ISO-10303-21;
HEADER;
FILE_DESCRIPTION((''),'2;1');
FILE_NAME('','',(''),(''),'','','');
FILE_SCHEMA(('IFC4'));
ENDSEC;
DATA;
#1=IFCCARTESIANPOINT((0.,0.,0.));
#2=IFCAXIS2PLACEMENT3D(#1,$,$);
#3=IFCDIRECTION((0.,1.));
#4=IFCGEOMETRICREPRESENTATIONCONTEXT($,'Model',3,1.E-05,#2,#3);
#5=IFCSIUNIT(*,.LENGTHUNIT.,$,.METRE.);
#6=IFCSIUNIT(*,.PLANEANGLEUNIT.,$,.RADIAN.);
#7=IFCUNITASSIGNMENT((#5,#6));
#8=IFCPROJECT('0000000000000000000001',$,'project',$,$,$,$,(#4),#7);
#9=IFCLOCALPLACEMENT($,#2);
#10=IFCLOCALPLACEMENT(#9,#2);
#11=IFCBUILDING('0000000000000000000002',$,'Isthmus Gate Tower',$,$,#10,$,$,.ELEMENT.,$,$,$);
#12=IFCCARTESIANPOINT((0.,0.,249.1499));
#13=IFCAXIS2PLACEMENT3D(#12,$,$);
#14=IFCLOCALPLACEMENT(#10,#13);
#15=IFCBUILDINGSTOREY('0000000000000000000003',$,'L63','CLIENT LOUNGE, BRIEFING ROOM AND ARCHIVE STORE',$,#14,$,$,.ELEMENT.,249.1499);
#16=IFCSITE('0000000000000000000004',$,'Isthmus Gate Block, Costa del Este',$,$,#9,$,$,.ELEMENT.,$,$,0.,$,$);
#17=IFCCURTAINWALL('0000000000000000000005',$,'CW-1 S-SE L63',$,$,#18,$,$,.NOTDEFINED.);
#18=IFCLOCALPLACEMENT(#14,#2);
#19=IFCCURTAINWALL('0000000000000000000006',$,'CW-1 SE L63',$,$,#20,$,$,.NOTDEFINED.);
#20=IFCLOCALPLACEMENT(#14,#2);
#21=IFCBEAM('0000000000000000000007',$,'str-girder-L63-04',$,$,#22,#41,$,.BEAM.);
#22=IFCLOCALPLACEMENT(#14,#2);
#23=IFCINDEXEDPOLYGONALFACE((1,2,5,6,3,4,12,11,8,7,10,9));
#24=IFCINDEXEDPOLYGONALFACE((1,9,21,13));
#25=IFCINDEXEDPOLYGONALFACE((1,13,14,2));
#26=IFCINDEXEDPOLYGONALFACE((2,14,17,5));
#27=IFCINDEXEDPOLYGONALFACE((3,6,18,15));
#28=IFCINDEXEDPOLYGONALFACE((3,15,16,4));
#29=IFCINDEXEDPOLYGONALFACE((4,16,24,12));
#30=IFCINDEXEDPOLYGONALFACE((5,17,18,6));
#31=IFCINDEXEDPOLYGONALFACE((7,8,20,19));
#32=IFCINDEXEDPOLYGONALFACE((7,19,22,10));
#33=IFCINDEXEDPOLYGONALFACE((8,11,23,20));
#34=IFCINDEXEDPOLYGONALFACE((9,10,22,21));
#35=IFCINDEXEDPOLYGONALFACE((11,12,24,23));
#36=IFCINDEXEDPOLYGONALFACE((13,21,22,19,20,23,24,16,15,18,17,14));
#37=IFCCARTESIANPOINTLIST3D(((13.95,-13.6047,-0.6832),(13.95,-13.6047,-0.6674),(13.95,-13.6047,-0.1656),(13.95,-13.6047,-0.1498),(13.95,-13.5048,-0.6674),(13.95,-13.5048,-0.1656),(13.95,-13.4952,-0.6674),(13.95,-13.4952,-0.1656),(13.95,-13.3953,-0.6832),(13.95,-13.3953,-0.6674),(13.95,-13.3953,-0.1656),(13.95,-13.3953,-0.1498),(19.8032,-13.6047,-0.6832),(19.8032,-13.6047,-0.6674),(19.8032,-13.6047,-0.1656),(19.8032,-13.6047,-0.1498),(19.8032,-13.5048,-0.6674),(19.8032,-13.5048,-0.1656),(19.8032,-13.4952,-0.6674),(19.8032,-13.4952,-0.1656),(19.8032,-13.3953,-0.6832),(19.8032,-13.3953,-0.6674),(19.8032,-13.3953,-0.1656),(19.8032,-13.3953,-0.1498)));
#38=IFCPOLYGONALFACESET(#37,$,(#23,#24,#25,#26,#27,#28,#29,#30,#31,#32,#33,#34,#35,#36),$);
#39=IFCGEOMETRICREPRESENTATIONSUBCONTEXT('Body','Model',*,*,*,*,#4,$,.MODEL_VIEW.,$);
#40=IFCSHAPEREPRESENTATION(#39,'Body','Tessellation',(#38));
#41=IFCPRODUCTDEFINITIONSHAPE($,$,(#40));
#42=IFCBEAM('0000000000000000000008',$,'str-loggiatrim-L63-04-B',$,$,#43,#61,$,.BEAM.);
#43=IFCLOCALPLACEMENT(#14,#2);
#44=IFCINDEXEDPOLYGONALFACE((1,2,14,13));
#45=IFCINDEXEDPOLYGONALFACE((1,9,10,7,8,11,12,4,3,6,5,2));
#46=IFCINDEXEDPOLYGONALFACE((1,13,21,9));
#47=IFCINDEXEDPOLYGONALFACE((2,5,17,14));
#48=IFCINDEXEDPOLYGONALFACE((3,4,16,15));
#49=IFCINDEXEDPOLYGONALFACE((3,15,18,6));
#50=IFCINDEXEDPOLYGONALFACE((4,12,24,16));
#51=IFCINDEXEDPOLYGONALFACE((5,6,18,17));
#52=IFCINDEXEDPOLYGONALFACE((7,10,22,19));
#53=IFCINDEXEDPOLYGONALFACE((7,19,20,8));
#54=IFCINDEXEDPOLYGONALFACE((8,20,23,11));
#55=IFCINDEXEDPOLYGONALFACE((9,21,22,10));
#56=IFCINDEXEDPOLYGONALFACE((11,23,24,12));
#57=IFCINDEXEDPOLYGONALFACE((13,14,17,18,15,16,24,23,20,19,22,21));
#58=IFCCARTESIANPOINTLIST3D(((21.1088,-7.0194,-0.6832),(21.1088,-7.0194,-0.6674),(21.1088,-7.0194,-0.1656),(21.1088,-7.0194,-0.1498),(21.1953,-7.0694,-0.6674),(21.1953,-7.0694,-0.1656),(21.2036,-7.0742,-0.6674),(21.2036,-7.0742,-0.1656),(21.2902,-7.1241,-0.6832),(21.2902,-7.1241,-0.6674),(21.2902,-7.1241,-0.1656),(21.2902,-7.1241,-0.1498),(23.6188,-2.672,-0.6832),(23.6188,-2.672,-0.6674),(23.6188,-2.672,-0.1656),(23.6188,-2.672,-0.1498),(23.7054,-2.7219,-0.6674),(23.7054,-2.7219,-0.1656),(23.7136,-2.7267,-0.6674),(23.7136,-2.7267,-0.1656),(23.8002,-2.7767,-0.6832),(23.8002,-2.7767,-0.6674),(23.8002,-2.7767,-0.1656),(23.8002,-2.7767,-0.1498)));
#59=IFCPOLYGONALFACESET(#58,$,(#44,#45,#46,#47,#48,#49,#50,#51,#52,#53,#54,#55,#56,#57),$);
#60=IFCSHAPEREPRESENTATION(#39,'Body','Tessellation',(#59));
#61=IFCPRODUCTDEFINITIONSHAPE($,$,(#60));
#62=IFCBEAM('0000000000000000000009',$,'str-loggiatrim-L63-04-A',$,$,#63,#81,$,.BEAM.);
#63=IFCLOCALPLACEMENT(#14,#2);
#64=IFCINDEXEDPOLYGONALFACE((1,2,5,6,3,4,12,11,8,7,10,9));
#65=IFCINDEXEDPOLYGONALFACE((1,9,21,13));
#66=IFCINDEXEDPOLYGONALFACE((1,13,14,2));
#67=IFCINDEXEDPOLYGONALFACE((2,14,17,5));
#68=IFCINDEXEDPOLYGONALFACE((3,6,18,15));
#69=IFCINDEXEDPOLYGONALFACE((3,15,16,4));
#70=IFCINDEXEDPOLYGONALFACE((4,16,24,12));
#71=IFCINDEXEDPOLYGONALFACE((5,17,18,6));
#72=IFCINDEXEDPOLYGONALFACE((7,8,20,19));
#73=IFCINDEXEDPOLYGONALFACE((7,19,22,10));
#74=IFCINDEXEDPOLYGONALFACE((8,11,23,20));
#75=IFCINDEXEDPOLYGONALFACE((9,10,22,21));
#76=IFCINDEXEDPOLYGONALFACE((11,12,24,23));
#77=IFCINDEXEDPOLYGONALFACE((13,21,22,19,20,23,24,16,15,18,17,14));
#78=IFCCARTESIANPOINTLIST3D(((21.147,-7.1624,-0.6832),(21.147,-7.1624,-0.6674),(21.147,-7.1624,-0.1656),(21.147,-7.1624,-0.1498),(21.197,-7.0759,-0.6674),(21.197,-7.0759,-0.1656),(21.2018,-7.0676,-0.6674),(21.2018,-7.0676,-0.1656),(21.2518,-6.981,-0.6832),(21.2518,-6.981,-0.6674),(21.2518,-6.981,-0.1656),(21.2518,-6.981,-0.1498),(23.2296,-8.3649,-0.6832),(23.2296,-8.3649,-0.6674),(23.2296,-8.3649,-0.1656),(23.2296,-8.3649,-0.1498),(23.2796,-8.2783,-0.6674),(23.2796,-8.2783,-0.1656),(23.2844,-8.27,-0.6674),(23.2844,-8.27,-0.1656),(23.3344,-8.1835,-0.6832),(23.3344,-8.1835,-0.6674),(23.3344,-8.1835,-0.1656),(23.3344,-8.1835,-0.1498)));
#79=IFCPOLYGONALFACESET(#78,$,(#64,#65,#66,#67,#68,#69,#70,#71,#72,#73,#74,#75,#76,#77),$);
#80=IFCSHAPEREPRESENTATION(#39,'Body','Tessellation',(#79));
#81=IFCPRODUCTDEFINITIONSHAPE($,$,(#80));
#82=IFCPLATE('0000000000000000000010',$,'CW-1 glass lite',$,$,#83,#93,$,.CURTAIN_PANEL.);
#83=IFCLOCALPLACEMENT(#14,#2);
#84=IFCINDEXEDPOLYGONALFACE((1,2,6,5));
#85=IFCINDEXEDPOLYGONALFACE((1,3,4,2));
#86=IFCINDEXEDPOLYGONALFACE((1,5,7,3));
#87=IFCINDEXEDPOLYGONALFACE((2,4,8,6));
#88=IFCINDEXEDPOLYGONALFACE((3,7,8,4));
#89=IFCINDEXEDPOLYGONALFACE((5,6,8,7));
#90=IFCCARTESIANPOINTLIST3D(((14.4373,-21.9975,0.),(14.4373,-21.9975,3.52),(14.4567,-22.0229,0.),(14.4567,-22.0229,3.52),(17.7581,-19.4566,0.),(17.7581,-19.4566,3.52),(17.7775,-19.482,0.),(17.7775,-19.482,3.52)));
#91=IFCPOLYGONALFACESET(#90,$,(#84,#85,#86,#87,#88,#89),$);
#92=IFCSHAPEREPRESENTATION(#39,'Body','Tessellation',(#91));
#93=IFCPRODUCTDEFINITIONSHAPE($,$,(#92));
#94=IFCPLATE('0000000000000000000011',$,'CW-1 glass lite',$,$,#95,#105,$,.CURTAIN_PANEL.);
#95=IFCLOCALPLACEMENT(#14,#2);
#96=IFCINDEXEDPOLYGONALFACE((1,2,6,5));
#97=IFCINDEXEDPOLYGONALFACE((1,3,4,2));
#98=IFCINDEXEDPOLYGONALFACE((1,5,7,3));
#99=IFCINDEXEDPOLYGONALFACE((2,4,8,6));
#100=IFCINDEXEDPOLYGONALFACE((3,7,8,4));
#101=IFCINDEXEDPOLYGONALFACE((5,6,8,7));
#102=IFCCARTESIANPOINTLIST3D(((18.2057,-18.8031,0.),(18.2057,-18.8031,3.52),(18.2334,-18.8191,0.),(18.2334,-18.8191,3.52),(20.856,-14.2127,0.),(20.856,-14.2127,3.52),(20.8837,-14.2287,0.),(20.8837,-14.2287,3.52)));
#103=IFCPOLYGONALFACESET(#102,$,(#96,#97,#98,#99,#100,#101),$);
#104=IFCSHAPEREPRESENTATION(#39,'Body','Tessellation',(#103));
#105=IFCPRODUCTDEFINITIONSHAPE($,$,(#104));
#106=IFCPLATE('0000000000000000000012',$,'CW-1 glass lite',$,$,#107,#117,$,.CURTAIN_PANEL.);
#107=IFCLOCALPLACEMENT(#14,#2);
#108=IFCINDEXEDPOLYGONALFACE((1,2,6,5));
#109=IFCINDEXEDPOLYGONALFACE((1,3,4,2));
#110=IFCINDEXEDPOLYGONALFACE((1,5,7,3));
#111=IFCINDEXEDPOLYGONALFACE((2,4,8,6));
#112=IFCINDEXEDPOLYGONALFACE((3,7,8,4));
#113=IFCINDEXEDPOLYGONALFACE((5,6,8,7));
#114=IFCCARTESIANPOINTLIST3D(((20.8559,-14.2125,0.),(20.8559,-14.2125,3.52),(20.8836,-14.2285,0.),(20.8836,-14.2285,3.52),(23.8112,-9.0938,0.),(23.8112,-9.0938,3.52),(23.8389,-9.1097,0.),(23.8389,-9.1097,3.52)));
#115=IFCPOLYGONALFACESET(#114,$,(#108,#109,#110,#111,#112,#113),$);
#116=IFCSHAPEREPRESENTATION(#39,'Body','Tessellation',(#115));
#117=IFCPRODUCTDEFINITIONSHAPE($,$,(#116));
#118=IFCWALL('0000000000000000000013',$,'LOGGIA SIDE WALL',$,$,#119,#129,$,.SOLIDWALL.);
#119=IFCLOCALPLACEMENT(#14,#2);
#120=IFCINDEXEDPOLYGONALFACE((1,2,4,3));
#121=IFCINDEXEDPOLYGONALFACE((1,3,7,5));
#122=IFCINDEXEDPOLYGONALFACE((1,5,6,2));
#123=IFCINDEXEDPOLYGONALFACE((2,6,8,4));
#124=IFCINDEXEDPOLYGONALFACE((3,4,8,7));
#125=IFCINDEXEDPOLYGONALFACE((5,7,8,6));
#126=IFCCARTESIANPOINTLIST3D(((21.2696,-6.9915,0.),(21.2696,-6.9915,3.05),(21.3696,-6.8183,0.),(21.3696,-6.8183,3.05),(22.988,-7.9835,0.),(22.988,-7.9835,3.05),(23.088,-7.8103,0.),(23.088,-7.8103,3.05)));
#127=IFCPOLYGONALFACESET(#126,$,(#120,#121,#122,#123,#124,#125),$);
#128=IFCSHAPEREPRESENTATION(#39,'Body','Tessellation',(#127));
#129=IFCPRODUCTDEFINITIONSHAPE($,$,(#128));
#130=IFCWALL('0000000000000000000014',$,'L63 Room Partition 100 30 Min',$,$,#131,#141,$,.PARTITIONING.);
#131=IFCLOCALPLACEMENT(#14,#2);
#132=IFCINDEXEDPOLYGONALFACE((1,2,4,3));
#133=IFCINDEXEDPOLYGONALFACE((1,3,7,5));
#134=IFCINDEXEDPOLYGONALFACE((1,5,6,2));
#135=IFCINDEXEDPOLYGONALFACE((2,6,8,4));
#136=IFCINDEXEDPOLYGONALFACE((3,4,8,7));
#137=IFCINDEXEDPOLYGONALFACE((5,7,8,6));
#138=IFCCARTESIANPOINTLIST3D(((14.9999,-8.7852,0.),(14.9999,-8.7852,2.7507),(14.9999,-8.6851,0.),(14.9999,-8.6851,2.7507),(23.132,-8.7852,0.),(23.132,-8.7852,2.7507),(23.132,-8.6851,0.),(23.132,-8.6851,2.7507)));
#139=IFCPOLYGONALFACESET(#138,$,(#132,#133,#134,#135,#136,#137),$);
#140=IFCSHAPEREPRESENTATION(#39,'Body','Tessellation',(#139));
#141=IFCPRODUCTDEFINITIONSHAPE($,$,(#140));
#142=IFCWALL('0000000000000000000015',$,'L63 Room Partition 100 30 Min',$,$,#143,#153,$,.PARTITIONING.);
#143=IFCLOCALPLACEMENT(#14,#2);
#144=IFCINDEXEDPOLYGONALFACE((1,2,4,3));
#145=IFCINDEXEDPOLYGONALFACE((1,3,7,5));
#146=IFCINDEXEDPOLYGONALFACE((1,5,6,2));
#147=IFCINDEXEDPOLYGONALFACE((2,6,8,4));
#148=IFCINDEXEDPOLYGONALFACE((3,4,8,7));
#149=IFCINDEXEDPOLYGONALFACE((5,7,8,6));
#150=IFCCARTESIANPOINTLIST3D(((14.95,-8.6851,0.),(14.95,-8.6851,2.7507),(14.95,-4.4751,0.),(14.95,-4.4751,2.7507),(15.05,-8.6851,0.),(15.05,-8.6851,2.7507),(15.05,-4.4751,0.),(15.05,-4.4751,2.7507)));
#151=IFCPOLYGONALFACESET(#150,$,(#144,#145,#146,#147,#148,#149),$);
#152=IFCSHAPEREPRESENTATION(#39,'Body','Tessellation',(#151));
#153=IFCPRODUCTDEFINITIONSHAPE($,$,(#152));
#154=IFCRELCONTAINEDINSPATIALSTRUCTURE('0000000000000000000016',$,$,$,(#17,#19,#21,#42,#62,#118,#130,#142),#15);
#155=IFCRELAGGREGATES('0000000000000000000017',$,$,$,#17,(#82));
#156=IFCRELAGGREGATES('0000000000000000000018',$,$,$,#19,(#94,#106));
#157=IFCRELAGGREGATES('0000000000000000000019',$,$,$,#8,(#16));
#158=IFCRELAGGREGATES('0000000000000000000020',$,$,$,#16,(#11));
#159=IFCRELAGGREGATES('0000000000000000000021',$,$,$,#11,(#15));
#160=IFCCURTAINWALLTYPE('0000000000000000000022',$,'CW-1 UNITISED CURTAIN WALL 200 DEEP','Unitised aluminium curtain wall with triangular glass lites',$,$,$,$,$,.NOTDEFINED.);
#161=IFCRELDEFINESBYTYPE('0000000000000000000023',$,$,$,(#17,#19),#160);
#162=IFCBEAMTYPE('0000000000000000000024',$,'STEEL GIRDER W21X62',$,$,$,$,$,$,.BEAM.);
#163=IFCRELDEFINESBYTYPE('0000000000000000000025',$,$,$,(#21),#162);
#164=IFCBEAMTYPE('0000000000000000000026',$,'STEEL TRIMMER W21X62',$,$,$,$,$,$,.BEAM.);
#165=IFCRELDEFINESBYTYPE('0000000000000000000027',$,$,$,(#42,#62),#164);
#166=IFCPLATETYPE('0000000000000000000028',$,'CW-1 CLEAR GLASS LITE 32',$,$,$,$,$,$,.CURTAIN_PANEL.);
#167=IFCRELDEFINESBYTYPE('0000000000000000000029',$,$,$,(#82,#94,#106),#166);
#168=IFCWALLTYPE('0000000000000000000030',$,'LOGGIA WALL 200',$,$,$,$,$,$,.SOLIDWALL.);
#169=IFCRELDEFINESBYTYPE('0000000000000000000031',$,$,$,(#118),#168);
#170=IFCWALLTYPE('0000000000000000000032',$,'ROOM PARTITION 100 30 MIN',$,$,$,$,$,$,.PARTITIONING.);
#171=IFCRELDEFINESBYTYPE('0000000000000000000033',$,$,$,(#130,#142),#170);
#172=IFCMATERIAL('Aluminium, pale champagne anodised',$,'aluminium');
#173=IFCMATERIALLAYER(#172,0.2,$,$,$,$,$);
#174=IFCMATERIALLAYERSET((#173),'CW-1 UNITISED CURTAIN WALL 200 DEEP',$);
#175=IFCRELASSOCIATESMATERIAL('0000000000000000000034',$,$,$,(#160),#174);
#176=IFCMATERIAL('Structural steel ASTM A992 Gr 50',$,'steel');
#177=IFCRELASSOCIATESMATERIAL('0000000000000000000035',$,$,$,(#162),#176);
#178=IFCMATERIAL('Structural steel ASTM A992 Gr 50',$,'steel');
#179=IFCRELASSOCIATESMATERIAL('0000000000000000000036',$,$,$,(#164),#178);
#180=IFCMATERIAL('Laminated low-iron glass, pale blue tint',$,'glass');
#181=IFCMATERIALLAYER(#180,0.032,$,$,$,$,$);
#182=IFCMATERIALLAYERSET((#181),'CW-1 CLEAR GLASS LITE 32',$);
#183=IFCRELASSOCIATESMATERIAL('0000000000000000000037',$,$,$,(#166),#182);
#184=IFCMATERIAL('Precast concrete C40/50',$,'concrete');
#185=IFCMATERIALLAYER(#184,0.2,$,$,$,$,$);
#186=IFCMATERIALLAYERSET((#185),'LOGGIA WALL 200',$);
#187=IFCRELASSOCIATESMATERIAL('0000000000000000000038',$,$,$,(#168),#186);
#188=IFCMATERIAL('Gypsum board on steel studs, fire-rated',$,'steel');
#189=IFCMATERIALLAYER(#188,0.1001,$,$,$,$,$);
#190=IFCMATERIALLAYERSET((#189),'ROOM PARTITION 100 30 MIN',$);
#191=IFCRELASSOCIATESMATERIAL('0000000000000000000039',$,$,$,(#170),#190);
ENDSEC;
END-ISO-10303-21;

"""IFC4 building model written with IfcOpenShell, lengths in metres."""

from ifc_helpers import new_model, si_unit, direction, frame, frame_2d, origin, origin_2d, place, context, subcontext, project, spatial, rectangle, i_section, extrude, material, layer, layer_set, material_profile, profile_set, type_object, element, aggregate, save


model = new_model("IFC4")

# Units and contexts
model_context = context("Model", 3, precision=1e-05, world=origin(), true_north=direction((0.0, 1.0)))
body_context = subcontext(model_context, "Body", "Model", "MODEL_VIEW")
ifc_project = project(units=[si_unit("LENGTHUNIT", "METRE"), si_unit("PLANEANGLEUNIT", "RADIAN")], contexts=[model_context])

# Site, building, storey
site_placement = place(None, origin())
site = spatial("IfcSite", under=ifc_project, at=site_placement, Name="Isthmus Gate Block, Costa del Este", CompositionType="ELEMENT", RefElevation=0.0)
building_placement = place(site_placement, origin())
building = spatial("IfcBuilding", under=site, at=building_placement, Name="Isthmus Gate Tower", CompositionType="ELEMENT")
storey_placement = place(building_placement, frame((0.0, 0.0, 249.1499)))
storey = spatial("IfcBuildingStorey", under=building, at=storey_placement, Name="L63", Description="CLIENT LOUNGE, BRIEFING ROOM AND ARCHIVE STORE", CompositionType="ELEMENT", Elevation=249.1499)

# Curtain walls
ifc_material_1 = material(Name="Aluminium, pale champagne anodised", Category="aluminium")
ifc_layer_1 = layer(ifc_material_1, 0.2)
ifc_layer_set_1 = layer_set([ifc_layer_1], Name="CW-1 UNITISED CURTAIN WALL 200 DEEP")
curtain_wall_type_1 = type_object("IfcCurtainWallType", Name="CW-1 UNITISED CURTAIN WALL 200 DEEP", Description="Unitised aluminium curtain wall with triangular glass lites", PredefinedType="NOTDEFINED", material=ifc_layer_set_1)
curtain_wall_1_placement = place(storey_placement, origin())
curtain_wall_1 = element("IfcCurtainWall", 1, at=curtain_wall_1_placement, inside=storey, type_object=curtain_wall_type_1, Name="CW-1 S-SE L63", PredefinedType="NOTDEFINED")
curtain_wall_2_placement = place(storey_placement, origin())
curtain_wall_2 = element("IfcCurtainWall", 2, at=curtain_wall_2_placement, inside=storey, type_object=curtain_wall_type_1, Name="CW-1 SE L63", PredefinedType="NOTDEFINED")

# Beams
ifc_material_2 = material(Name="Structural steel ASTM A992 Gr 50", Category="steel")
ifc_material_profile_1 = material_profile(ifc_material_2, i_section(OverallWidth=0.2095, OverallDepth=0.5334, WebThickness=0.0095, FlangeThickness=0.0159, at=origin_2d()), Name="W21X62")
ifc_profile_set_1 = profile_set([ifc_material_profile_1], Name="Structural steel ASTM A992 Gr 50")
beam_type_1 = type_object("IfcBeamType", Name="STEEL GIRDER W21X62", PredefinedType="BEAM", material=ifc_profile_set_1)
beam_1_placement = place(storey_placement, frame((13.95, -13.5, -0.4165), z_axis=(1.0, 0.0, 0.0), x_axis=(0.0, 1.0, 0.0)))
element("IfcBeam", 3, at=beam_1_placement, inside=storey, type_object=beam_type_1, Name="str-girder-L63-04", PredefinedType="BEAM", context=body_context, shape_type="SweptSolid", body=[
    extrude(i_section(OverallWidth=0.2095, OverallDepth=0.5334, WebThickness=0.0095, FlangeThickness=0.0159, at=origin_2d()), origin(), (0.0, 0.0, 1.0), 5.8533),
])
ifc_material_3 = material(Name="Structural steel ASTM A992 Gr 50", Category="steel")
ifc_material_profile_2 = material_profile(ifc_material_3, i_section(OverallWidth=0.2095, OverallDepth=0.5334, WebThickness=0.0095, FlangeThickness=0.0159, at=origin_2d()), Name="W21X62")
ifc_profile_set_2 = profile_set([ifc_material_profile_2], Name="Structural steel ASTM A992 Gr 50")
beam_type_2 = type_object("IfcBeamType", Name="STEEL TRIMMER W21X62", PredefinedType="BEAM", material=ifc_profile_set_2)
beam_2_placement = place(storey_placement, frame((21.1995, -7.0718, -0.4165), z_axis=(0.500005, 0.866023, 0.0), x_axis=(-0.866023, 0.500005, 0.0)))
element("IfcBeam", 4, at=beam_2_placement, inside=storey, type_object=beam_type_2, Name="str-loggiatrim-L63-04-B", PredefinedType="BEAM", context=body_context, shape_type="SweptSolid", body=[
    extrude(i_section(OverallWidth=0.2095, OverallDepth=0.5334, WebThickness=0.0095, FlangeThickness=0.0159, at=origin_2d()), origin(), (0.0, 0.0, 1.0), 5.02),
])
beam_3_placement = place(storey_placement, frame((23.282, -8.2742, -0.4165), z_axis=(-0.866017, 0.500015, 0.0), x_axis=(-0.500015, -0.866017, 0.0)))
element("IfcBeam", 5, at=beam_3_placement, inside=storey, type_object=beam_type_2, Name="str-loggiatrim-L63-04-A", PredefinedType="BEAM", context=body_context, shape_type="SweptSolid", body=[
    extrude(i_section(OverallWidth=0.2095, OverallDepth=0.5334, WebThickness=0.0095, FlangeThickness=0.0159, at=origin_2d()), origin(), (0.0, 0.0, 1.0), 2.4048),
])

# Plates
ifc_material_4 = material(Name="Laminated low-iron glass, pale blue tint", Category="glass")
ifc_layer_2 = layer(ifc_material_4, 0.032)
ifc_layer_set_2 = layer_set([ifc_layer_2], Name="CW-1 CLEAR GLASS LITE 32")
plate_type = type_object("IfcPlateType", Name="CW-1 CLEAR GLASS LITE 32", PredefinedType="CURTAIN_PANEL", material=ifc_layer_set_2)
plate_1_placement = place(storey_placement, frame((16.1074, -20.7397, 0.0), z_axis=(0.0, 0.0, 1.0), x_axis=(0.794189, 0.607671, 0.0)))
plate_1 = element("IfcPlate", 6, at=plate_1_placement, type_object=plate_type, Name="CW-1 glass lite", PredefinedType="CURTAIN_PANEL", context=body_context, shape_type="SweptSolid", body=[
    extrude(rectangle(XDim=4.1814, YDim=0.032, at=origin_2d()), origin(), (0.0, 0.0, 1.0), 3.52),
])
aggregate(curtain_wall_1, [plate_1])
plate_2_placement = place(storey_placement, frame((19.5447, -16.5159, 0.0), z_axis=(0.0, 0.0, 1.0), x_axis=(0.5, 0.866025, 0.0)))
plate_2 = element("IfcPlate", 7, at=plate_2_placement, type_object=plate_type, Name="CW-1 glass lite", PredefinedType="CURTAIN_PANEL", context=body_context, shape_type="SweptSolid", body=[
    extrude(rectangle(XDim=5.3005, YDim=0.032, at=origin_2d()), origin(), (0.0, 0.0, 1.0), 3.52),
])
plate_3_placement = place(storey_placement, frame((22.3474, -11.6611, 0.0), z_axis=(0.0, 0.0, 1.0), x_axis=(0.5, 0.866025, 0.0)))
plate_3 = element("IfcPlate", 8, at=plate_3_placement, type_object=plate_type, Name="CW-1 glass lite", PredefinedType="CURTAIN_PANEL", context=body_context, shape_type="SweptSolid", body=[
    extrude(rectangle(XDim=5.9106, YDim=0.032, at=origin_2d()), origin(), (0.0, 0.0, 1.0), 3.52),
])
aggregate(curtain_wall_2, [plate_2, plate_3])

# Walls
ifc_material_5 = material(Name="Precast concrete C40/50", Category="concrete")
ifc_layer_3 = layer(ifc_material_5, 0.2)
ifc_layer_set_3 = layer_set([ifc_layer_3], Name="LOGGIA WALL 200")
wall_type_1 = type_object("IfcWallType", Name="LOGGIA WALL 200", PredefinedType="SOLIDWALL", material=ifc_layer_set_3)
wall_1_placement = place(storey_placement, frame((23.0381, -7.897, 0.0), z_axis=(0.0, 0.0, 1.0), x_axis=(-0.866046, 0.499964, 0.0)))
element("IfcWall", 9, at=wall_1_placement, inside=storey, type_object=wall_type_1, Name="LOGGIA SIDE WALL", PredefinedType="SOLIDWALL", context=body_context, shape_type="SweptSolid", body=[
    extrude(rectangle(XDim=1.9841, YDim=0.2, at=frame_2d((0.9922, 0.0))), origin(), (0.0, 0.0, 1.0), 3.05),
])
ifc_material_6 = material(Name="Gypsum board on steel studs, fire-rated", Category="steel")
ifc_layer_4 = layer(ifc_material_6, 0.1001)
ifc_layer_set_4 = layer_set([ifc_layer_4], Name="ROOM PARTITION 100 30 MIN")
wall_type_2 = type_object("IfcWallType", Name="ROOM PARTITION 100 30 MIN", PredefinedType="PARTITIONING", material=ifc_layer_set_4)
wall_2_placement = place(storey_placement, frame((15.0, -8.7351, 0.0), z_axis=(0.0, 0.0, 1.0), x_axis=(1.0, 0.0, 0.0)))
element("IfcWall", 10, at=wall_2_placement, inside=storey, type_object=wall_type_2, Name="L63 Room Partition 100 30 Min", PredefinedType="PARTITIONING", context=body_context, shape_type="SweptSolid", body=[
    extrude(rectangle(XDim=8.1321, YDim=0.1001, at=frame_2d((4.0659, 0.0))), origin(), (0.0, 0.0, 1.0), 2.7507),
])
wall_3_placement = place(storey_placement, frame((15.0, -8.6851, 0.0), z_axis=(0.0, 0.0, 1.0), x_axis=(0.0, 1.0, 0.0)))
element("IfcWall", 11, at=wall_3_placement, inside=storey, type_object=wall_type_2, Name="L63 Room Partition 100 30 Min", PredefinedType="PARTITIONING", context=body_context, shape_type="SweptSolid", body=[
    extrude(rectangle(XDim=4.21, YDim=0.1001, at=frame_2d((2.105, 0.0))), origin(), (0.0, 0.0, 1.0), 2.7507),
])

save(model, "model.ifc")
